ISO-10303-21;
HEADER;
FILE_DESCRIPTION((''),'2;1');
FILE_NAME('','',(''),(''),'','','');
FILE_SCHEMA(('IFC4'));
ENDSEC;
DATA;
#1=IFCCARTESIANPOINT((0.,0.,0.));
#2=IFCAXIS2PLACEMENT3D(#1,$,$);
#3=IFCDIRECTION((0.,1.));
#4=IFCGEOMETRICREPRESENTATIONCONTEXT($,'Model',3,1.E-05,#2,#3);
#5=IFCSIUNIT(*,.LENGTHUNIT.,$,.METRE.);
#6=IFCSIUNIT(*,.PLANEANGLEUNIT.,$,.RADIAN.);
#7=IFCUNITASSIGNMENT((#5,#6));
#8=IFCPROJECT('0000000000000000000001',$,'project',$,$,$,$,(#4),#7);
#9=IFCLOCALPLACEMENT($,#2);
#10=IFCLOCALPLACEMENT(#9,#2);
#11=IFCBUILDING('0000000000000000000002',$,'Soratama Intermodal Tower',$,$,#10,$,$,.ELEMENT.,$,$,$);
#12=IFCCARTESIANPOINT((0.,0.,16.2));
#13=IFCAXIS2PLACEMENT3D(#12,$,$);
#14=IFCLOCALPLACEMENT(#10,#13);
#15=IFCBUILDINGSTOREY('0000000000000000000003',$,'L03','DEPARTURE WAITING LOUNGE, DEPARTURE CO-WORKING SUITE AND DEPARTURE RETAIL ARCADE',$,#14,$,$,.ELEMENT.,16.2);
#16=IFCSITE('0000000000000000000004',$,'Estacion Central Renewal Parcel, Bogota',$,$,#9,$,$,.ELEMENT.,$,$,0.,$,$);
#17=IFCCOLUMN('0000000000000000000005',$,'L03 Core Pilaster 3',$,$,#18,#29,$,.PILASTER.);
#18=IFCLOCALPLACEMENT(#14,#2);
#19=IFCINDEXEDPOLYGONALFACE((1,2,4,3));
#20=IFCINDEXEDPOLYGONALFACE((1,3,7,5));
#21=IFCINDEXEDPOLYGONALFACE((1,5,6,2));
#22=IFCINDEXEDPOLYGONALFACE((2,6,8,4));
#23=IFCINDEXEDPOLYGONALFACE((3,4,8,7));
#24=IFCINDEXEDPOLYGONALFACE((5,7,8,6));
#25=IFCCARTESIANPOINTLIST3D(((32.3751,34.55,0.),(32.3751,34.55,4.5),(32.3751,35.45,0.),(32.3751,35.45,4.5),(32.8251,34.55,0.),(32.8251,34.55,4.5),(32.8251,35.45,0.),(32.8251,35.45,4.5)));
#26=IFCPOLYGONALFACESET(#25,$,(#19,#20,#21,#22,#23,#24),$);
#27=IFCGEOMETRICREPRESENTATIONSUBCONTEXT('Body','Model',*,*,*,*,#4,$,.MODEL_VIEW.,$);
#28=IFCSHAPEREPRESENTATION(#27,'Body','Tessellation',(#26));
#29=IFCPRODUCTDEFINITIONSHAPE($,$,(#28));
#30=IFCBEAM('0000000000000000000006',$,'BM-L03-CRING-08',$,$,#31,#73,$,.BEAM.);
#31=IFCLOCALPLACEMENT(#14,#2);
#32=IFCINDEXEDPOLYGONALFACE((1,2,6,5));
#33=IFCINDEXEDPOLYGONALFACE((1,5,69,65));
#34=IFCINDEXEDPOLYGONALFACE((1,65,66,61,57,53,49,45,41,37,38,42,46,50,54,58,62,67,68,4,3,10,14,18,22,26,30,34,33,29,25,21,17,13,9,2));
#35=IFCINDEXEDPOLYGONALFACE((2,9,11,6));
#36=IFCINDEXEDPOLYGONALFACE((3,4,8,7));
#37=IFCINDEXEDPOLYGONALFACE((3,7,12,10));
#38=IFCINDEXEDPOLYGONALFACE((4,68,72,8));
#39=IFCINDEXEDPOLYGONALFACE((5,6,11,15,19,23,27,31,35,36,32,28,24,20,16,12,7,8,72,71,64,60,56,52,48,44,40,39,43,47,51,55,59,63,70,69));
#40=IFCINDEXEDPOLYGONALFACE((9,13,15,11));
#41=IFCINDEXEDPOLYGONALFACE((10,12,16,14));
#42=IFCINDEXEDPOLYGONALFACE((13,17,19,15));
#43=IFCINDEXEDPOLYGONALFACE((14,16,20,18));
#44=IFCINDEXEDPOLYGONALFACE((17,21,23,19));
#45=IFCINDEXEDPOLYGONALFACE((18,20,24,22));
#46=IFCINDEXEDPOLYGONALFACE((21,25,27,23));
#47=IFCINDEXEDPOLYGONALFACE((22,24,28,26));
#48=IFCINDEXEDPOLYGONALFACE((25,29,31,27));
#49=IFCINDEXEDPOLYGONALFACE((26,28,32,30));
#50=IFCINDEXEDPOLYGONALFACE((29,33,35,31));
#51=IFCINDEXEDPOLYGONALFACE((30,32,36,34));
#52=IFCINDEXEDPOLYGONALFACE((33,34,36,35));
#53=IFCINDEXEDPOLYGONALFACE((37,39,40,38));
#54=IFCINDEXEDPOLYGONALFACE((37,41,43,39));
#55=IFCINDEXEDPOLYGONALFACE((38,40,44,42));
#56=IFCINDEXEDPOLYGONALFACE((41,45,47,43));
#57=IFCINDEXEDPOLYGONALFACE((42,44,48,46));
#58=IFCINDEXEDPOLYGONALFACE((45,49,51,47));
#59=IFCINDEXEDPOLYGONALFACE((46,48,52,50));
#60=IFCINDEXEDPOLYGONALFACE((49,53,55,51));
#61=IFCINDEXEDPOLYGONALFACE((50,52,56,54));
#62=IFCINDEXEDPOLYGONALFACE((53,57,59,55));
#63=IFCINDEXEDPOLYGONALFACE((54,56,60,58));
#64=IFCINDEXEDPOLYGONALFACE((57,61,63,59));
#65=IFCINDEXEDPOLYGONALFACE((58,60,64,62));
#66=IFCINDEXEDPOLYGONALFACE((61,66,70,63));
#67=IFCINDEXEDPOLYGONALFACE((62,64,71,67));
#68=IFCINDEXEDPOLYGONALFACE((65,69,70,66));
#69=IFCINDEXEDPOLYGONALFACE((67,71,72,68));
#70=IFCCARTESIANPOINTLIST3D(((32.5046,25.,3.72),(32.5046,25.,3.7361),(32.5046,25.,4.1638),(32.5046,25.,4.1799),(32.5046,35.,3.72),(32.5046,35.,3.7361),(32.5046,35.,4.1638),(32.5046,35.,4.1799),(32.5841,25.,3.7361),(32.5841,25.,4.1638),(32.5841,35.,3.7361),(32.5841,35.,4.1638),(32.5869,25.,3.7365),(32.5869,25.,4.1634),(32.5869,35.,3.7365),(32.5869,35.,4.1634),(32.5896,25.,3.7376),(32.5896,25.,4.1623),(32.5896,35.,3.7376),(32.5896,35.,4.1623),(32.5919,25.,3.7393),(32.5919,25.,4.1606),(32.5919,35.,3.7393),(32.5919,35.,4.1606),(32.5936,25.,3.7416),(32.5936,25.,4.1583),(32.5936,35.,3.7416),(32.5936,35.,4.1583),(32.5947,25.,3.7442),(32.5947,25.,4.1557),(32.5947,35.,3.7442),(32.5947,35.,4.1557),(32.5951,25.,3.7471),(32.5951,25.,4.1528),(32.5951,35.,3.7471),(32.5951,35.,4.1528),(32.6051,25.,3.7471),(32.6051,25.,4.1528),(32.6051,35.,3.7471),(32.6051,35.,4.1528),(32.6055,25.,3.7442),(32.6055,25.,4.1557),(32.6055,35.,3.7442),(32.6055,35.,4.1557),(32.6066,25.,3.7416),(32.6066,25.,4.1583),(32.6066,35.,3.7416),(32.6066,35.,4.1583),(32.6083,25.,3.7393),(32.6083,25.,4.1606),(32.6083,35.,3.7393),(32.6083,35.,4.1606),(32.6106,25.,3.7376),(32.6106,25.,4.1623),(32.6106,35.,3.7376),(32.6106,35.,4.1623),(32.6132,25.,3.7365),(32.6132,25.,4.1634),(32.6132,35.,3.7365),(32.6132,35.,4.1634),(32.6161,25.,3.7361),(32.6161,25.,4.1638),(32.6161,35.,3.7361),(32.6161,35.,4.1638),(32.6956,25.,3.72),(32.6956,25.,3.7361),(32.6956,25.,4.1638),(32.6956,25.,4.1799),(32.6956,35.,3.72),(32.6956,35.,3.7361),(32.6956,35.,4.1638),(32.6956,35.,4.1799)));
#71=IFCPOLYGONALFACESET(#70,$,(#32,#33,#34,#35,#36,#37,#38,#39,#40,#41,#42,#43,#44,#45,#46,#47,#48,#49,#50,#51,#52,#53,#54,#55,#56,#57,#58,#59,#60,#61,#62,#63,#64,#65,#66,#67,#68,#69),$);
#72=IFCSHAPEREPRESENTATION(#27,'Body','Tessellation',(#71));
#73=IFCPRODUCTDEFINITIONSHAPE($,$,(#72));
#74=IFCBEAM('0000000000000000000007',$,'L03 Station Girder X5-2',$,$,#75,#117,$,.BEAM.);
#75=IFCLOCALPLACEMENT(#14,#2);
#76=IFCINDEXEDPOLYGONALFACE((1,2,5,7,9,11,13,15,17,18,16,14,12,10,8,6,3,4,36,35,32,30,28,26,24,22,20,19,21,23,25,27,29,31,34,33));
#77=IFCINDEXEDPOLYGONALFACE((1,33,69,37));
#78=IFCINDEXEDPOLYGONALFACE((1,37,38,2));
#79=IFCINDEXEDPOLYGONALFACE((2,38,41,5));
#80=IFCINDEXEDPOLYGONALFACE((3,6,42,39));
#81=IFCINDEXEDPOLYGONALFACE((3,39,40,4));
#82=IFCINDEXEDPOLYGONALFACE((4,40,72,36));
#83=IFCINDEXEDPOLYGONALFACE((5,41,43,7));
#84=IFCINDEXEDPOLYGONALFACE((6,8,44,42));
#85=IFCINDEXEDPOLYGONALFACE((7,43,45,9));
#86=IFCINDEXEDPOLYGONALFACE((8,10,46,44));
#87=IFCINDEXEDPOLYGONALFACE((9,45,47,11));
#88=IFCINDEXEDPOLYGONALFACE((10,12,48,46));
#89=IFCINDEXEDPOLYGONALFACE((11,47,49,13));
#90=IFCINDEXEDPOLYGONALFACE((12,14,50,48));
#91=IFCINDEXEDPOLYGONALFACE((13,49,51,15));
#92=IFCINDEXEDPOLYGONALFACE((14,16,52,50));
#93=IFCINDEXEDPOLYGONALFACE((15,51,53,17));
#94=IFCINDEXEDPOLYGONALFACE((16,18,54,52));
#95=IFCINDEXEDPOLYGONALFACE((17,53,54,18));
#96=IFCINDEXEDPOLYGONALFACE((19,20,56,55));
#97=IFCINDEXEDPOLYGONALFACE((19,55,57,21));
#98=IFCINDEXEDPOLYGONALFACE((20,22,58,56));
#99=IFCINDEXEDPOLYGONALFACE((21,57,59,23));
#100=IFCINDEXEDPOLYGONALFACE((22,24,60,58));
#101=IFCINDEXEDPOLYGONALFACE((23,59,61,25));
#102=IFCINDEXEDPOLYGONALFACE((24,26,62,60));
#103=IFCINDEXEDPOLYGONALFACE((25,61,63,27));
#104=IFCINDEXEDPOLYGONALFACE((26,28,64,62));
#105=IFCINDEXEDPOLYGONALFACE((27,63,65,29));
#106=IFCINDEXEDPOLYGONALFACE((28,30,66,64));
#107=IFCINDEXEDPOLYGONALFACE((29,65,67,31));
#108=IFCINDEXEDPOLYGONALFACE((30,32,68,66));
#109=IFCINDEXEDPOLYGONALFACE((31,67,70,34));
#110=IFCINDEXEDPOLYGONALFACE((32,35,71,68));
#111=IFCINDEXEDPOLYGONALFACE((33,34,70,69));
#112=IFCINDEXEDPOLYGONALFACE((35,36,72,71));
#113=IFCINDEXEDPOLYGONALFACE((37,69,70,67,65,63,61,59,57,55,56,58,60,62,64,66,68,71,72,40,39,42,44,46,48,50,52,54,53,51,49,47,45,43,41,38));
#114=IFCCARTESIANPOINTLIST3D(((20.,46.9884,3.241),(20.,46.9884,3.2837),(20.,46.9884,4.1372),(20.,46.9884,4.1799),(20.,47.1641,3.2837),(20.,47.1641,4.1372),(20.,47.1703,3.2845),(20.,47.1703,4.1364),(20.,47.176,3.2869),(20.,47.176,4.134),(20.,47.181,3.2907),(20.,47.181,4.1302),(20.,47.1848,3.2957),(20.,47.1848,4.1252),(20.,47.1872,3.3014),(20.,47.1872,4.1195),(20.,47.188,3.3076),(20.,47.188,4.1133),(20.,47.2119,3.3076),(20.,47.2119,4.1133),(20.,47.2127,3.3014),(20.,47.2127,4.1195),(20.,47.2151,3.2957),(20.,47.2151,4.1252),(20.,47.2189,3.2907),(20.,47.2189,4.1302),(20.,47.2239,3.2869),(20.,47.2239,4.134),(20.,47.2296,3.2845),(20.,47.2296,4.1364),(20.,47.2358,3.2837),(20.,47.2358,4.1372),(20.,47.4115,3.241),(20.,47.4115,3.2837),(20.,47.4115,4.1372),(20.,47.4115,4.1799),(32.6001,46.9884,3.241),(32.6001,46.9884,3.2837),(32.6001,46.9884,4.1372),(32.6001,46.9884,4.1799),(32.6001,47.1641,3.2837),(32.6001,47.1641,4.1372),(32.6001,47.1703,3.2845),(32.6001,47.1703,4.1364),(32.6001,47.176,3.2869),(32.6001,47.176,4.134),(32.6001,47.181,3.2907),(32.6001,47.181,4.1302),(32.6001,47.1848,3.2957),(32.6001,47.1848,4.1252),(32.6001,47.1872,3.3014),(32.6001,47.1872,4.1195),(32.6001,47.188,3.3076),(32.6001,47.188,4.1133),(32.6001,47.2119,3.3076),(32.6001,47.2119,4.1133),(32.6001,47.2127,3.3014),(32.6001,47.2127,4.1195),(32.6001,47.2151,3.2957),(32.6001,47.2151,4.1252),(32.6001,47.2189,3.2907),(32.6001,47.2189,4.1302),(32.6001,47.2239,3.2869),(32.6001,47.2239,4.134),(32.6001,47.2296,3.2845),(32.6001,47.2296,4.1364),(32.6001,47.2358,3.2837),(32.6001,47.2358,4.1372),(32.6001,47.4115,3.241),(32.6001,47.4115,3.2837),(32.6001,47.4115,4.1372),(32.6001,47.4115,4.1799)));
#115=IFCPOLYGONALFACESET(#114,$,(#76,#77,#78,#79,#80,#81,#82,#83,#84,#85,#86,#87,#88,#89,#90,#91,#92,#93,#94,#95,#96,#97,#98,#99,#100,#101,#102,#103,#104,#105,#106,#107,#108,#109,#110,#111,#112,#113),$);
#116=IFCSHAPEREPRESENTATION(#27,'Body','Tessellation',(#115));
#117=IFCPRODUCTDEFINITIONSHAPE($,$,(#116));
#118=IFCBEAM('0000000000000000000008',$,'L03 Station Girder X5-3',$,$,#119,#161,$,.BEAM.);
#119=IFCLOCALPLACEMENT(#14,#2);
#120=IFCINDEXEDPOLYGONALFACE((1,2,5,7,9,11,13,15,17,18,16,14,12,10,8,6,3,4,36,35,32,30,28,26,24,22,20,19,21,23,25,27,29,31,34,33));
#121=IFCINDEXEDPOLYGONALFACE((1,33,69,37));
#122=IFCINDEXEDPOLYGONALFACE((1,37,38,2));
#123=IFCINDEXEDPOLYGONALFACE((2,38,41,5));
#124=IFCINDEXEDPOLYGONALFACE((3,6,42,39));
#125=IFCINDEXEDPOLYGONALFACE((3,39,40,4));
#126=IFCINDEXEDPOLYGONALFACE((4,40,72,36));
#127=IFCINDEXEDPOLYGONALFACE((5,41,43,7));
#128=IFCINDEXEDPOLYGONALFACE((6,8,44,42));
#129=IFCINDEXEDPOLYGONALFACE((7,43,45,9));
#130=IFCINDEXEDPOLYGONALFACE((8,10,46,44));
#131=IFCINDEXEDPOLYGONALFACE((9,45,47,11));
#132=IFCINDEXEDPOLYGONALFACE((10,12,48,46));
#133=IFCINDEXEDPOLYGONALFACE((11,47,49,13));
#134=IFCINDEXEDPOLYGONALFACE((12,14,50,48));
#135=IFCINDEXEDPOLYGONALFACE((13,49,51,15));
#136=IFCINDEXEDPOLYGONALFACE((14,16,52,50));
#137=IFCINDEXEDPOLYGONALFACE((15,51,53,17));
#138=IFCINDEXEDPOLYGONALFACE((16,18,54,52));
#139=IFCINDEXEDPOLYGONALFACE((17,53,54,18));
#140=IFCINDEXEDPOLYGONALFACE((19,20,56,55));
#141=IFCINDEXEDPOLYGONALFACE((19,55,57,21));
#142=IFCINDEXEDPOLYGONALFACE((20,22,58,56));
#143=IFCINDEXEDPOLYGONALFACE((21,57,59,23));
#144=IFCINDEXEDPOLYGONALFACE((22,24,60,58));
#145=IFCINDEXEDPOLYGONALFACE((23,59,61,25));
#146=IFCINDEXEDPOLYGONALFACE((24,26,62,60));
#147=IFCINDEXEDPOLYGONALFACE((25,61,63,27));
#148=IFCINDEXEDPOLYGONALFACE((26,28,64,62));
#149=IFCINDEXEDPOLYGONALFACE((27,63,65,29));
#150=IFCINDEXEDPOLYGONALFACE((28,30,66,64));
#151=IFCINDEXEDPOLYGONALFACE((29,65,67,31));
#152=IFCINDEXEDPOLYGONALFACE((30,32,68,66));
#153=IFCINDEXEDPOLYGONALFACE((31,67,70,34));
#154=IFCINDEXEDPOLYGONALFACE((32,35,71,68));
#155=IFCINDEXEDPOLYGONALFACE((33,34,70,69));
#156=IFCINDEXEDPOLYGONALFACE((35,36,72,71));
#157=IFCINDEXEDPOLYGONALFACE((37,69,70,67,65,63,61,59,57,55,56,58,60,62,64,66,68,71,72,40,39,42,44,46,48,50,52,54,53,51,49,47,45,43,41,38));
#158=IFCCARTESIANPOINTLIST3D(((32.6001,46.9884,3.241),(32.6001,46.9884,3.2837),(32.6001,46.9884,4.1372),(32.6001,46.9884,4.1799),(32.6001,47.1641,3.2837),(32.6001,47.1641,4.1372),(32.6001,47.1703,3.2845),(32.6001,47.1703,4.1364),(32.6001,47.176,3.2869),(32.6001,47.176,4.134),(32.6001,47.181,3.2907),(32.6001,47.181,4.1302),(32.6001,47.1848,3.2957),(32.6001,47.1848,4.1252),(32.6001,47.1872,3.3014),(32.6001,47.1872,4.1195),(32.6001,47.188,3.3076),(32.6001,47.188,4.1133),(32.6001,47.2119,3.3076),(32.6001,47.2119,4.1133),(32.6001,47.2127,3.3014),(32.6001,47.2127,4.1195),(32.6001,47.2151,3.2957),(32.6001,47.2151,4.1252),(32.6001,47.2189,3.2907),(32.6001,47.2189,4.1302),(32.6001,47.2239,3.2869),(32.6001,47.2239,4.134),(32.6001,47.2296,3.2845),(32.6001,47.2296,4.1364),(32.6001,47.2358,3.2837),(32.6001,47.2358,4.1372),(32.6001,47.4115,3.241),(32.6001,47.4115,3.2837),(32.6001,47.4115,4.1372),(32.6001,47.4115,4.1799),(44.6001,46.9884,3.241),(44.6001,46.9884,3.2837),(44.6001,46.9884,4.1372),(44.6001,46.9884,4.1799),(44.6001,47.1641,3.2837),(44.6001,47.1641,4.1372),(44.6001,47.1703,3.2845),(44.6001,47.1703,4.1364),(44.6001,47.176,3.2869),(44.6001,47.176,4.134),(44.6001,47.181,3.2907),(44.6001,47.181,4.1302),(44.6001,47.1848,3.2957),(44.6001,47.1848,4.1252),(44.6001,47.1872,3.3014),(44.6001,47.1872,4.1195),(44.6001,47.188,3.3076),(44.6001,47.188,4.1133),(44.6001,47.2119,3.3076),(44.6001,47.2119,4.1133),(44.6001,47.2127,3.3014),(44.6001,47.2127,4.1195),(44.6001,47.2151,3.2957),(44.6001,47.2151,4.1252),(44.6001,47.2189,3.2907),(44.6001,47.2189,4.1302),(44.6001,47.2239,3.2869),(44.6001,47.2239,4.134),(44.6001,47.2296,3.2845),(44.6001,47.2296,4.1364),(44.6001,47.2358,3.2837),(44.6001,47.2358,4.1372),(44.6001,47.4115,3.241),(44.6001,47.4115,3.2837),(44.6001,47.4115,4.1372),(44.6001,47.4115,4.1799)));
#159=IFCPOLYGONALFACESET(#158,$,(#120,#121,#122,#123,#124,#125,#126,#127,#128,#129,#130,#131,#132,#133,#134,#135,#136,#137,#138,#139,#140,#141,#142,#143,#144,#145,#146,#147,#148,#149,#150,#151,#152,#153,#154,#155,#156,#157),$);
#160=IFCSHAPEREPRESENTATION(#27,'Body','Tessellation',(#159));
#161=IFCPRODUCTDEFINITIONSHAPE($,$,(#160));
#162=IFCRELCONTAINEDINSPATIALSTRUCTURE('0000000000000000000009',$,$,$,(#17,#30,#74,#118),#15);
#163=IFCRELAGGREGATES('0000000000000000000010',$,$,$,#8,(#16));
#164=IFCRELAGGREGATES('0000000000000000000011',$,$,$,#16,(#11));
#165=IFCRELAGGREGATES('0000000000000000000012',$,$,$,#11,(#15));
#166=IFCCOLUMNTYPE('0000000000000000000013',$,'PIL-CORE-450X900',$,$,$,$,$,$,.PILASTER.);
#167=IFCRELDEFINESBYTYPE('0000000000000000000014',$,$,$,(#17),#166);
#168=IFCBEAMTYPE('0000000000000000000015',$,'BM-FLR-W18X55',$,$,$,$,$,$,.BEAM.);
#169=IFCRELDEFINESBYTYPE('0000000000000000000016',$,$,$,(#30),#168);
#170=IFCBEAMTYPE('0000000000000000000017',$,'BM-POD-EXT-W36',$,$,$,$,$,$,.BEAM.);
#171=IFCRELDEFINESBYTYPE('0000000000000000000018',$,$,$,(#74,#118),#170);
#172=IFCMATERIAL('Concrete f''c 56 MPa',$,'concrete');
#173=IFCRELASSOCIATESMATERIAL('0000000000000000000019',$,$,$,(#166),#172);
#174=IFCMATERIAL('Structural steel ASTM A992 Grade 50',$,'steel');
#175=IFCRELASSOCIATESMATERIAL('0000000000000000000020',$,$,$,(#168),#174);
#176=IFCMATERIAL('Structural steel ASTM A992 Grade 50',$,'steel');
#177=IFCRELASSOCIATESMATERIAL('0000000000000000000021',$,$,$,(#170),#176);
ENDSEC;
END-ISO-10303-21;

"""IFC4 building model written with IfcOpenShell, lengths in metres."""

from ifc_helpers import new_model, si_unit, direction, frame, origin, origin_2d, place, context, subcontext, project, spatial, rectangle, i_section, extrude, material, material_profile, profile_set, type_object, element, save


model = new_model("IFC4")

# Units and contexts
model_context = context("Model", 3, precision=1e-05, world=origin(), true_north=direction((0.0, 1.0)))
body_context = subcontext(model_context, "Body", "Model", "MODEL_VIEW")
ifc_project = project(units=[si_unit("LENGTHUNIT", "METRE"), si_unit("PLANEANGLEUNIT", "RADIAN")], contexts=[model_context])

# Site, building, storey
site_placement = place(None, origin())
site = spatial("IfcSite", under=ifc_project, at=site_placement, Name="Estacion Central Renewal Parcel, Bogota", CompositionType="ELEMENT", RefElevation=0.0)
building_placement = place(site_placement, origin())
building = spatial("IfcBuilding", under=site, at=building_placement, Name="Soratama Intermodal Tower", CompositionType="ELEMENT")
storey_placement = place(building_placement, frame((0.0, 0.0, 16.2)))
storey = spatial("IfcBuildingStorey", under=building, at=storey_placement, Name="L03", Description="DEPARTURE WAITING LOUNGE, DEPARTURE CO-WORKING SUITE AND DEPARTURE RETAIL ARCADE", CompositionType="ELEMENT", Elevation=16.2)

# Column
ifc_material_1 = material(Name="Concrete f'c 56 MPa", Category="concrete")
ifc_material_profile_1 = material_profile(ifc_material_1, rectangle(XDim=0.45, YDim=0.8999, at=origin_2d()), Name="RC450X900")
ifc_profile_set_1 = profile_set([ifc_material_profile_1], Name="Concrete f'c 56 MPa")
column_type_1 = type_object("IfcColumnType", Name="PIL-CORE-450X900", PredefinedType="PILASTER", material=ifc_profile_set_1)
column_1_placement = place(storey_placement, frame((32.6001, 35.0, 0.0), z_axis=(0.0, 0.0, 1.0), x_axis=(1.0, 0.0, 0.0)))
element("IfcColumn", 1, at=column_1_placement, inside=storey, type_object=column_type_1, Name="L03 Core Pilaster 3", PredefinedType="PILASTER", context=body_context, shape_type="SweptSolid", body=[
    extrude(rectangle(XDim=0.45, YDim=0.8999, at=origin_2d()), origin(), (0.0, 0.0, 1.0), 4.5),
])

# Beams
ifc_material_2 = material(Name="Structural steel ASTM A992 Grade 50", Category="steel")
ifc_material_profile_2 = material_profile(ifc_material_2, i_section(OverallWidth=0.1909, OverallDepth=0.46, WebThickness=0.01, FlangeThickness=0.0161, FilletRadius=0.011, at=origin_2d()), Name="W18X55")
ifc_profile_set_2 = profile_set([ifc_material_profile_2], Name="Structural steel ASTM A992 Grade 50")
beam_type_1 = type_object("IfcBeamType", Name="BM-FLR-W18X55", PredefinedType="BEAM", material=ifc_profile_set_2)
beam_1_placement = place(storey_placement, frame((32.6001, 35.0, 3.95), z_axis=(0.0, -1.0, 0.0), x_axis=(1.0, 0.0, 0.0)))
element("IfcBeam", 2, at=beam_1_placement, inside=storey, type_object=beam_type_1, Name="BM-L03-CRING-08", PredefinedType="BEAM", context=body_context, shape_type="SweptSolid", body=[
    extrude(i_section(OverallWidth=0.1909, OverallDepth=0.46, WebThickness=0.01, FlangeThickness=0.0161, FilletRadius=0.011, at=origin_2d()), origin(), (0.0, 0.0, 1.0), 10.0),
])
ifc_material_3 = material(Name="Structural steel ASTM A992 Grade 50", Category="steel")
ifc_material_profile_3 = material_profile(ifc_material_3, i_section(OverallWidth=0.4231, OverallDepth=0.939, WebThickness=0.0239, FlangeThickness=0.0427, FilletRadius=0.0239, at=origin_2d()), Name="W36X302")
ifc_profile_set_3 = profile_set([ifc_material_profile_3], Name="Structural steel ASTM A992 Grade 50")
beam_type_2 = type_object("IfcBeamType", Name="BM-POD-EXT-W36", PredefinedType="BEAM", material=ifc_profile_set_3)
beam_2_placement = place(storey_placement, frame((20.0, 47.2, 3.7104), z_axis=(1.0, 0.0, 0.0), x_axis=(0.0, 1.0, 0.0)))
element("IfcBeam", 3, at=beam_2_placement, inside=storey, type_object=beam_type_2, Name="L03 Station Girder X5-2", PredefinedType="BEAM", context=body_context, shape_type="SweptSolid", body=[
    extrude(i_section(OverallWidth=0.4231, OverallDepth=0.939, WebThickness=0.0239, FlangeThickness=0.0427, FilletRadius=0.0239, at=origin_2d()), origin(), (0.0, 0.0, 1.0), 12.6001),
])
beam_3_placement = place(storey_placement, frame((32.6001, 47.2, 3.7104), z_axis=(1.0, 0.0, 0.0), x_axis=(0.0, 1.0, 0.0)))
element("IfcBeam", 4, at=beam_3_placement, inside=storey, type_object=beam_type_2, Name="L03 Station Girder X5-3", PredefinedType="BEAM", context=body_context, shape_type="SweptSolid", body=[
    extrude(i_section(OverallWidth=0.4231, OverallDepth=0.939, WebThickness=0.0239, FlangeThickness=0.0427, FilletRadius=0.0239, at=origin_2d()), origin(), (0.0, 0.0, 1.0), 12.0),
])

save(model, "model.ifc")
